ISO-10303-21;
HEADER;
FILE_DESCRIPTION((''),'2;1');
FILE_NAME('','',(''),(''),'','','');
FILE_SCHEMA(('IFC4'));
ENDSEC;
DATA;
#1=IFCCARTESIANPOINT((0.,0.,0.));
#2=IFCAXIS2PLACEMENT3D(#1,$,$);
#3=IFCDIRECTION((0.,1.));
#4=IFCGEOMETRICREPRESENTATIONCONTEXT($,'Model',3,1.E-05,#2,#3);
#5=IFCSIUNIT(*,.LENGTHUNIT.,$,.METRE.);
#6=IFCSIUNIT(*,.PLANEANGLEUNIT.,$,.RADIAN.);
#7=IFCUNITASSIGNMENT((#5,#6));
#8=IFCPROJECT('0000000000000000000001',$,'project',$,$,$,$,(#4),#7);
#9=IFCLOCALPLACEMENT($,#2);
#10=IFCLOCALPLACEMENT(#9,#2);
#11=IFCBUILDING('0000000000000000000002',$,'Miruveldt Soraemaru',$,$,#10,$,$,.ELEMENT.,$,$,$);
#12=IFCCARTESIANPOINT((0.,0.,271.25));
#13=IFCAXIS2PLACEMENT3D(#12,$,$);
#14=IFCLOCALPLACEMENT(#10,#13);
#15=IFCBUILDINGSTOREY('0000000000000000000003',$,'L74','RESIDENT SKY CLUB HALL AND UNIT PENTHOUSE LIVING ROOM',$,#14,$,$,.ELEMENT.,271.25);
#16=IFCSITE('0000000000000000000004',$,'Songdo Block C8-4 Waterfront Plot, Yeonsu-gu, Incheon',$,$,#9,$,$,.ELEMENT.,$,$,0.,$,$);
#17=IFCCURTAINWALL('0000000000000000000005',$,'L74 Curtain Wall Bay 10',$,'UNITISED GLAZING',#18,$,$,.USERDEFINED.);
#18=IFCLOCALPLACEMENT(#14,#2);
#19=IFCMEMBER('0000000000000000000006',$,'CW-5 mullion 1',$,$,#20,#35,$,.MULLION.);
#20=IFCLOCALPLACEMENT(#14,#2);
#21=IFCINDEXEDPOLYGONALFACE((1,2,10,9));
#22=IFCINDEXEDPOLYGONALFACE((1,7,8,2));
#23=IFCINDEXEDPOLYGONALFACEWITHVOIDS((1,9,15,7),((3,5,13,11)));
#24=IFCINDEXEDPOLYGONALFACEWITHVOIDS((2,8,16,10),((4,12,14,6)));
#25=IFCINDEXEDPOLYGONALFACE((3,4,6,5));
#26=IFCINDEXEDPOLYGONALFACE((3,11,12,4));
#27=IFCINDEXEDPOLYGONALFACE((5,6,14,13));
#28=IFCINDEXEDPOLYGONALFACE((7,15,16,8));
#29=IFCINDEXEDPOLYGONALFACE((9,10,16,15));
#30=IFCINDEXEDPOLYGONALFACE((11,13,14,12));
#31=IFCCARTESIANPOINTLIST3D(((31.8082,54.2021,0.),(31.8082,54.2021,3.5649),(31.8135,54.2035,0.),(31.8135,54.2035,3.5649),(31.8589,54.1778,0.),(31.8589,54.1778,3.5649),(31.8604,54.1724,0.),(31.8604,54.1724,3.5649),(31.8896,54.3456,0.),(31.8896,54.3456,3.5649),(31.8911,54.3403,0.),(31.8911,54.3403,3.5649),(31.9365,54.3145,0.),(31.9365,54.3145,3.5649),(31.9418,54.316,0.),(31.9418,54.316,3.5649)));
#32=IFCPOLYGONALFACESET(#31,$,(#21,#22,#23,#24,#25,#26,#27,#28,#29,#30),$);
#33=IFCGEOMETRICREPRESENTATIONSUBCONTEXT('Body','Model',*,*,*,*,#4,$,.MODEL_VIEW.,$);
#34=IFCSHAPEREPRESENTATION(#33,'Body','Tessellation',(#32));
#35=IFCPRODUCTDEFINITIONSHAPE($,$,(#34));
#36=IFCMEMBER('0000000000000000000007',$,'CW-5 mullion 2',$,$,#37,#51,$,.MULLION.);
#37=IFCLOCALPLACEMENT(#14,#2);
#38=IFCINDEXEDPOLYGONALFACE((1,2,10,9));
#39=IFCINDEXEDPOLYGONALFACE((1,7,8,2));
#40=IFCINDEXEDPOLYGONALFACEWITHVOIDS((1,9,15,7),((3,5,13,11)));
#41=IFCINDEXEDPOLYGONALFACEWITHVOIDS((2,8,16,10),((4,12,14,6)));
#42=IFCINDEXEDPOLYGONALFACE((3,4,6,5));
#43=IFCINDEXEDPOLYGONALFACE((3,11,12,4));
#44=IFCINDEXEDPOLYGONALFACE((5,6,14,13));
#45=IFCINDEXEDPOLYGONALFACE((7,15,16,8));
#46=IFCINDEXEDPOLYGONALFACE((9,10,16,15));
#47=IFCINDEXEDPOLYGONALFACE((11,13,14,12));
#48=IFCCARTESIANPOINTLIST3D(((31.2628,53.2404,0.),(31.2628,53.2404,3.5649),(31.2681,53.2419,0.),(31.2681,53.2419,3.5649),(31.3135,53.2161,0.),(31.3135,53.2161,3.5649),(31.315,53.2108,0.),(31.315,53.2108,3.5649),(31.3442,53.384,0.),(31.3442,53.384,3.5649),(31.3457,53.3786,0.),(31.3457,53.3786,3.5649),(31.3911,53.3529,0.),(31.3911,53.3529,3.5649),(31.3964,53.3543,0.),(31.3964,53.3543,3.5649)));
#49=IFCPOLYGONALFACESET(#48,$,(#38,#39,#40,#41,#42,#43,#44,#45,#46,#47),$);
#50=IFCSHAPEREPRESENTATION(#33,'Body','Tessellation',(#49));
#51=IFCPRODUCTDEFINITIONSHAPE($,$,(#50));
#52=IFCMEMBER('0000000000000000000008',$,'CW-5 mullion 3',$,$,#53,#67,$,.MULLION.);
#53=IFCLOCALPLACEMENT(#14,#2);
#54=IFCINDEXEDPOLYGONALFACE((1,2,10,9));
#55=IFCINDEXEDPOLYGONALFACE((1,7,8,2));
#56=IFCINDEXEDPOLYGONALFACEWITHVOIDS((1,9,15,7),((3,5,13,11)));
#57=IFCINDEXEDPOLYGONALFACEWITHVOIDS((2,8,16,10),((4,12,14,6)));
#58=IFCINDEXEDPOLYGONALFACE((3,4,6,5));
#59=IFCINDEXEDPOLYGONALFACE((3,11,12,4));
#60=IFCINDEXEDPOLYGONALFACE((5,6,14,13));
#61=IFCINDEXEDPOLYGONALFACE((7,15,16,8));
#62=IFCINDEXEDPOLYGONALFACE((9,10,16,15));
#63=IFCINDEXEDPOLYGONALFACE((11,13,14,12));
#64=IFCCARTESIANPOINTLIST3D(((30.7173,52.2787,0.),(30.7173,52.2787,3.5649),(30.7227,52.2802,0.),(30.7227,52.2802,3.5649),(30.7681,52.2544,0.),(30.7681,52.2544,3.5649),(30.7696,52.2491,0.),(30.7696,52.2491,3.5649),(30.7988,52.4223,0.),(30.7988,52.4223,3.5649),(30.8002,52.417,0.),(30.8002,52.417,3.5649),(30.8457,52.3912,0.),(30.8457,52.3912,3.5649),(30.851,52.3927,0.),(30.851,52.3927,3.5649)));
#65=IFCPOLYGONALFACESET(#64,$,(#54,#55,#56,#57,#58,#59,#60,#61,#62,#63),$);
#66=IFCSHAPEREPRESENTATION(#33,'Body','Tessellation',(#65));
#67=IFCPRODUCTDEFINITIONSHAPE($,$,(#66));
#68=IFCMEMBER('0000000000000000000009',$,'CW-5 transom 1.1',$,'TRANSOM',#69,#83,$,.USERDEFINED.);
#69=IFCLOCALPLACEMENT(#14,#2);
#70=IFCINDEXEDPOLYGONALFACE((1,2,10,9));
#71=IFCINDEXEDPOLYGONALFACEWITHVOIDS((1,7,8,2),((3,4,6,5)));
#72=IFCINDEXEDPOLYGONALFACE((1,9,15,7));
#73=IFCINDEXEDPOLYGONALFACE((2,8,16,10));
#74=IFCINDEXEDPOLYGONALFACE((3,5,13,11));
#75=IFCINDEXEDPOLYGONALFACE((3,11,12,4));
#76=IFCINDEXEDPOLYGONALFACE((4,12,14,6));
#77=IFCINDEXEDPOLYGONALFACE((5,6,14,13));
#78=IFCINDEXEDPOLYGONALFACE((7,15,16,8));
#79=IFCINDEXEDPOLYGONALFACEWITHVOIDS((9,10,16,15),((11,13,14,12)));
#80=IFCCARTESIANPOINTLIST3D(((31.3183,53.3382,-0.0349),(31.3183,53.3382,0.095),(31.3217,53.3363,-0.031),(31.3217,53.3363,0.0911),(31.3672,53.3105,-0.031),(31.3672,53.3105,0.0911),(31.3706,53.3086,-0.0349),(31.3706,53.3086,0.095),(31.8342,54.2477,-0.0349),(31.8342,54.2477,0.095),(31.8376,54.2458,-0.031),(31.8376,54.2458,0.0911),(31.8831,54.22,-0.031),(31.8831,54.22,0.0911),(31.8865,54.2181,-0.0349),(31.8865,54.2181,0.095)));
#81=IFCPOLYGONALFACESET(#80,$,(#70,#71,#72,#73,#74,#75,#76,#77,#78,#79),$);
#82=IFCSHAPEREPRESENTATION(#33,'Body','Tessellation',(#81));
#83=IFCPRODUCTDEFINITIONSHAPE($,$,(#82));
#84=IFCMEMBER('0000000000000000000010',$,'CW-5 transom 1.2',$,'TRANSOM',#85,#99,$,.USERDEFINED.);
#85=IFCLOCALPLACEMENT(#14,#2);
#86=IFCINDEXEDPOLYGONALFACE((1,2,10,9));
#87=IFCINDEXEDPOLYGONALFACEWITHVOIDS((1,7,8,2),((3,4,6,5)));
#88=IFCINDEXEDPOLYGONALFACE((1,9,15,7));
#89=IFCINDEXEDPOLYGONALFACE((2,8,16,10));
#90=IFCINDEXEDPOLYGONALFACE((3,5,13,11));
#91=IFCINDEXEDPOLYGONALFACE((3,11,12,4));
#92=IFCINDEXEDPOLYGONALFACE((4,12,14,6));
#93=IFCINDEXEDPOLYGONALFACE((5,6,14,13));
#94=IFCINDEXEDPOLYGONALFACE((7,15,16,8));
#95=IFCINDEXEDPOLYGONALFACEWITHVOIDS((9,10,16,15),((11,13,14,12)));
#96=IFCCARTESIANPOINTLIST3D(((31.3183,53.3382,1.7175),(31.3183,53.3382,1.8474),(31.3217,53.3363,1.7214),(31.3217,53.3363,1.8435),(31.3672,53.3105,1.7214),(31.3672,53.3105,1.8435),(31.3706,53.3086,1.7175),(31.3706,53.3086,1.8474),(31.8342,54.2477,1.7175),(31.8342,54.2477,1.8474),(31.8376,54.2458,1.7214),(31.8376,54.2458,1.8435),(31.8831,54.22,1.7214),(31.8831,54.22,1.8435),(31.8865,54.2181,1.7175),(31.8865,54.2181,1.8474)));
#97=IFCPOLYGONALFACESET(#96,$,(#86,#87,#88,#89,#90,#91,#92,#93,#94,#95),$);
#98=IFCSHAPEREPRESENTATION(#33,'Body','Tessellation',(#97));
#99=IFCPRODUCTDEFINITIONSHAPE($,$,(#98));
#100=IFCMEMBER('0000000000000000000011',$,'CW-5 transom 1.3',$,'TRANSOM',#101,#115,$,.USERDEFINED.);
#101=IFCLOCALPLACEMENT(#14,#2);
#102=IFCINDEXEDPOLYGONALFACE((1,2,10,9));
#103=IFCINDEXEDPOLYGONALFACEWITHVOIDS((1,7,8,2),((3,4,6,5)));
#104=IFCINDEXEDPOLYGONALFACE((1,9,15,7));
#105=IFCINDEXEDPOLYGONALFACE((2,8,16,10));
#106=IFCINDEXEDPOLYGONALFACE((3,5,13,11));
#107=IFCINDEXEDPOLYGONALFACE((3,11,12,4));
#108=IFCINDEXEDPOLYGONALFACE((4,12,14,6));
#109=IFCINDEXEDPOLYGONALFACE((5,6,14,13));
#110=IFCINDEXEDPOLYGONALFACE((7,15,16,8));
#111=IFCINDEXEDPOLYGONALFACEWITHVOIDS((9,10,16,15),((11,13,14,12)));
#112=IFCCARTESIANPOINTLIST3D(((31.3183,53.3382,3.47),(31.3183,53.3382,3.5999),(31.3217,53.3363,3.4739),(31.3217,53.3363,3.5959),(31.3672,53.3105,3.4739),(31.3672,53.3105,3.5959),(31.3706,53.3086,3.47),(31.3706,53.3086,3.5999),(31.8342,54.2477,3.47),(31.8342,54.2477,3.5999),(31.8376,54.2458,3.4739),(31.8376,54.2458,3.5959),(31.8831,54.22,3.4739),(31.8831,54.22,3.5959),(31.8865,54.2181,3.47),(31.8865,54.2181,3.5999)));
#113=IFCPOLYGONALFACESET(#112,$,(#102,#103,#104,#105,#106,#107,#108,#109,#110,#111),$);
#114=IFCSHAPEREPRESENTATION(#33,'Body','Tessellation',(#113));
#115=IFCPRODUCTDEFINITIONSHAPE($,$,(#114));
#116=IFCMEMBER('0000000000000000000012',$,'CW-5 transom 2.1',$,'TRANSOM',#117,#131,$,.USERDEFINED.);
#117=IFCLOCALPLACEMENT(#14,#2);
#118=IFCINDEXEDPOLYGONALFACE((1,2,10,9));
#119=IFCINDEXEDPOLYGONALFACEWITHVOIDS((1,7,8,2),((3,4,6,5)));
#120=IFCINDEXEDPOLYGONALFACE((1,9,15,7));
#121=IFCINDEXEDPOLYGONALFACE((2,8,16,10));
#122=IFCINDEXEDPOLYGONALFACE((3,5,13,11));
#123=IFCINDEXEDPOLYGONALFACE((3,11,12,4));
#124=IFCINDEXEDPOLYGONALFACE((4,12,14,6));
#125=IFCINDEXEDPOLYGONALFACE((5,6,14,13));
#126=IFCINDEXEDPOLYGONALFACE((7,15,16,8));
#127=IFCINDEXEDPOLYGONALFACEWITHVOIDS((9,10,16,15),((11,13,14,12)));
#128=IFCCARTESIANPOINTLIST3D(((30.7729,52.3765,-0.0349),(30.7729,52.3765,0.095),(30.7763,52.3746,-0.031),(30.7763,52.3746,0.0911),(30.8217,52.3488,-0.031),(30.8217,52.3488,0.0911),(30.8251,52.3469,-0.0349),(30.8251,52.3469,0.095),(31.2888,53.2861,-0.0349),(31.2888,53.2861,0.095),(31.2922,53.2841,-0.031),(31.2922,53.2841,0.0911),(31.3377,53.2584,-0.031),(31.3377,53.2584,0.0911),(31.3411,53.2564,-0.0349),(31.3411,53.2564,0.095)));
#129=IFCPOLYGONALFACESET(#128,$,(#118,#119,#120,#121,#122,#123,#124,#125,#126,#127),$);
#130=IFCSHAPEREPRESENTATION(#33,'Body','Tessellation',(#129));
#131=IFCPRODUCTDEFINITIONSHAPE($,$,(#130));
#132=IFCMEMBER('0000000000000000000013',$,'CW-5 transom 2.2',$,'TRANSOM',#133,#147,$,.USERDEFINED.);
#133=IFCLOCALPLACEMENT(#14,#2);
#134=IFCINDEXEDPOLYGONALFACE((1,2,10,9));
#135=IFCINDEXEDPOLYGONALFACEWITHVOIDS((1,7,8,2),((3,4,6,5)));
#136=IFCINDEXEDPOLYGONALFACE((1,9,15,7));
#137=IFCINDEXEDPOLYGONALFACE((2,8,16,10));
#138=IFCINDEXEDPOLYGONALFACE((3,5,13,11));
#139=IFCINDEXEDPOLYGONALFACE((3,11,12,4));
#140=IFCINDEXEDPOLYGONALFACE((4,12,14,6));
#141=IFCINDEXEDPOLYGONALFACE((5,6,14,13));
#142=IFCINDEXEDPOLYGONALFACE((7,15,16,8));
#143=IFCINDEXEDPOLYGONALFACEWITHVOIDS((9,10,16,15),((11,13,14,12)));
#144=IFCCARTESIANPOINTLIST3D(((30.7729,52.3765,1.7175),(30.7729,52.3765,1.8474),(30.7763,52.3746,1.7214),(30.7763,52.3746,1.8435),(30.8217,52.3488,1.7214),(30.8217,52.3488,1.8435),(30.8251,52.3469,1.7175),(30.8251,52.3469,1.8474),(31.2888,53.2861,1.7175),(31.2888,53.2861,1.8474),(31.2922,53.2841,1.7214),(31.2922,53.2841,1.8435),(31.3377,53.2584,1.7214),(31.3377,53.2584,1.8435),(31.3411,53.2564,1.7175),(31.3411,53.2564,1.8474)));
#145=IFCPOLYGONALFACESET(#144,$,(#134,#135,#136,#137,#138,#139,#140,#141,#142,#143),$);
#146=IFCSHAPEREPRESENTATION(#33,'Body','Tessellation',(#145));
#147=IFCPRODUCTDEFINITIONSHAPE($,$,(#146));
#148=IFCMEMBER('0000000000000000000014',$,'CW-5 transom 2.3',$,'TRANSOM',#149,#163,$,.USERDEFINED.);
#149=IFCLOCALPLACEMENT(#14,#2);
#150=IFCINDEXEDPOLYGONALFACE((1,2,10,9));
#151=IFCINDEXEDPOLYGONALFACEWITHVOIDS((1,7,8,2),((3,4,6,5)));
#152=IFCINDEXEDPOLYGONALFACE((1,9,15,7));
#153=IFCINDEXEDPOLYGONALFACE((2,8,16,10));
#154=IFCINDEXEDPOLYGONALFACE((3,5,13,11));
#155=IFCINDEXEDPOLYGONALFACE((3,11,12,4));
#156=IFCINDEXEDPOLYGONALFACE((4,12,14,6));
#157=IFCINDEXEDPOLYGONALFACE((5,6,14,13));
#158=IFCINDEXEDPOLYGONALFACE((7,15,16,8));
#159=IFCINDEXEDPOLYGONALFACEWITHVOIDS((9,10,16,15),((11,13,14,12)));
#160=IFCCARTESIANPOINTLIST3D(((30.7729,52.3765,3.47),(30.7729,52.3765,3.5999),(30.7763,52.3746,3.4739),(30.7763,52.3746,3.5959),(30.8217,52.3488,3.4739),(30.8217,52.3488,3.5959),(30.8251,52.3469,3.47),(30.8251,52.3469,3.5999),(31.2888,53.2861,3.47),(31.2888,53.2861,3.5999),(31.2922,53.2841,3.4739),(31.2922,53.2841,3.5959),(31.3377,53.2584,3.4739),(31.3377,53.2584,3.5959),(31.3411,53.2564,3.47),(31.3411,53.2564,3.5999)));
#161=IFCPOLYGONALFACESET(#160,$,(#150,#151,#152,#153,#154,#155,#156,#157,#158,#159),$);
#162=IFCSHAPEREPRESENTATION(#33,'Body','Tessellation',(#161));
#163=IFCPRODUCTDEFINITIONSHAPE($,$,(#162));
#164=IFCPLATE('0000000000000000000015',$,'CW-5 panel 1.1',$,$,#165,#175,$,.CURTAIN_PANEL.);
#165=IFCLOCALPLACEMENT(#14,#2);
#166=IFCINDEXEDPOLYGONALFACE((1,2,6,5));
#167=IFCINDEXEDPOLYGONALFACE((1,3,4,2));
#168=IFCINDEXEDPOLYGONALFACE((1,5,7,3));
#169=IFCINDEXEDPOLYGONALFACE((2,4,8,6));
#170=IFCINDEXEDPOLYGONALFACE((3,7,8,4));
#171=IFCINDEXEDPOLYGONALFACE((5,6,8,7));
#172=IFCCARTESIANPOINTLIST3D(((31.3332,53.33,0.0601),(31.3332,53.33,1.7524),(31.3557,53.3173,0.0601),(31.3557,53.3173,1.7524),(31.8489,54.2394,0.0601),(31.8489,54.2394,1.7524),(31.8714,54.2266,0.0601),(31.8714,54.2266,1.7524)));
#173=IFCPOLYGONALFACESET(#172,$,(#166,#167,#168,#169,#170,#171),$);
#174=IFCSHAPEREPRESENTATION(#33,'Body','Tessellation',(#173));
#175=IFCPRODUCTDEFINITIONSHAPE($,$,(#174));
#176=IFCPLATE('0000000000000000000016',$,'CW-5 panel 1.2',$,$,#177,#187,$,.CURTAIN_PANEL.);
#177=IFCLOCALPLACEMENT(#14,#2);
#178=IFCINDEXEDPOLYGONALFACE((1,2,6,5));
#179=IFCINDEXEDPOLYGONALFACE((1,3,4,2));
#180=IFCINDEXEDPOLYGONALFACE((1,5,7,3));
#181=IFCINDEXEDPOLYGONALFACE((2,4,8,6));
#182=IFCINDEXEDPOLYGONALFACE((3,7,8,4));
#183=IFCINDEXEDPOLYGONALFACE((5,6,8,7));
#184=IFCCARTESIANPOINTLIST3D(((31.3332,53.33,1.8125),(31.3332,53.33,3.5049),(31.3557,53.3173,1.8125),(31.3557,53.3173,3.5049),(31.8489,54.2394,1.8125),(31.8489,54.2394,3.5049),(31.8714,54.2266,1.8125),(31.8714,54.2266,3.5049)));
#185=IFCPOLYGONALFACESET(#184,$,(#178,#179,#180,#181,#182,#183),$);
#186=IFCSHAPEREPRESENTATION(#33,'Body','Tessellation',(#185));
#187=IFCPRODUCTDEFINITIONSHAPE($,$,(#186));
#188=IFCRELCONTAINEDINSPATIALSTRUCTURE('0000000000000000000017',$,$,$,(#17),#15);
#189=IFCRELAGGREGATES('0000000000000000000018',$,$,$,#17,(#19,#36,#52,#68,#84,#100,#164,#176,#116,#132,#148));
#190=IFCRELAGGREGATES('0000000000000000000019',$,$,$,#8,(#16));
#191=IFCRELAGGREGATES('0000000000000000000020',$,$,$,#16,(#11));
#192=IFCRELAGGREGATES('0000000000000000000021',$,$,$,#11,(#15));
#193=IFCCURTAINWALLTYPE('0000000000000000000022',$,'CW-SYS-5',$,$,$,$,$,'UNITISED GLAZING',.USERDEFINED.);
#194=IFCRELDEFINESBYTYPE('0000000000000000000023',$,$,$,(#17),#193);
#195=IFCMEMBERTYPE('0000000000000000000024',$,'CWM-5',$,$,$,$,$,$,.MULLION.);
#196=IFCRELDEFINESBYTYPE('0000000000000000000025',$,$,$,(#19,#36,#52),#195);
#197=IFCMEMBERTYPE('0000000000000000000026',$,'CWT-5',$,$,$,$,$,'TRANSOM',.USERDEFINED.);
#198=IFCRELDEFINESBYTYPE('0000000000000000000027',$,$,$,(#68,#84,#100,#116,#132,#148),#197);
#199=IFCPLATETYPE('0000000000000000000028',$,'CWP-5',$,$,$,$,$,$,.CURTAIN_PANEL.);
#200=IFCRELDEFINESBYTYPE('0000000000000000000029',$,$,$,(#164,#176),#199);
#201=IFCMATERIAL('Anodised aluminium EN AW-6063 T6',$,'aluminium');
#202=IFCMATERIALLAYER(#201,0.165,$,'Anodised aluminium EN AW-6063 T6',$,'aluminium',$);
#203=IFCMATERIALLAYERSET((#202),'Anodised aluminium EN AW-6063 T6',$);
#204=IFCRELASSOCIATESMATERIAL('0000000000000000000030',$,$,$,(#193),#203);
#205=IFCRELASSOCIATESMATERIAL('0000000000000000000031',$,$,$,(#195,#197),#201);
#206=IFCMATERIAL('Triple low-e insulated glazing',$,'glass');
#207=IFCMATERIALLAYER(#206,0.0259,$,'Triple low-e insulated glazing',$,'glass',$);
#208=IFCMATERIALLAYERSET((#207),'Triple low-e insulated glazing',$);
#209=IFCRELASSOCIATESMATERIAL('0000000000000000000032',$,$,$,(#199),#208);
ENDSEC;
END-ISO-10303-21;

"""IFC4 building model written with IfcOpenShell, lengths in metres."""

from ifc_helpers import new_model, si_unit, direction, frame, origin, origin_2d, place, context, subcontext, project, spatial, rectangle, hollow_rectangle, extrude, material, layer, layer_set, material_profile, profile_set, type_object, element, aggregate, save


model = new_model("IFC4")

# Units and contexts
model_context = context("Model", 3, precision=1e-05, world=origin(), true_north=direction((0.0, 1.0)))
body_context = subcontext(model_context, "Body", "Model", "MODEL_VIEW")
ifc_project = project(units=[si_unit("LENGTHUNIT", "METRE"), si_unit("PLANEANGLEUNIT", "RADIAN")], contexts=[model_context])

# Site, building, storey
site_placement = place(None, origin())
site = spatial("IfcSite", under=ifc_project, at=site_placement, Name="Songdo Block C8-4 Waterfront Plot, Yeonsu-gu, Incheon", CompositionType="ELEMENT", RefElevation=0.0)
building_placement = place(site_placement, origin())
building = spatial("IfcBuilding", under=site, at=building_placement, Name="Miruveldt Soraemaru", CompositionType="ELEMENT")
storey_placement = place(building_placement, frame((0.0, 0.0, 271.25)))
storey = spatial("IfcBuildingStorey", under=building, at=storey_placement, Name="L74", Description="RESIDENT SKY CLUB HALL AND UNIT PENTHOUSE LIVING ROOM", CompositionType="ELEMENT", Elevation=271.25)

# Curtain wall, members, plates
ifc_material_1 = material(Name="Anodised aluminium EN AW-6063 T6", Category="aluminium")
ifc_layer_1 = layer(ifc_material_1, 0.165, Name="Anodised aluminium EN AW-6063 T6", Category="aluminium")
ifc_layer_set_1 = layer_set([ifc_layer_1], Name="Anodised aluminium EN AW-6063 T6")
curtain_wall_type = type_object("IfcCurtainWallType", Name="CW-SYS-5", ElementType="UNITISED GLAZING", PredefinedType="USERDEFINED", material=ifc_layer_set_1)
curtain_wall_placement = place(storey_placement, origin())
curtain_wall = element("IfcCurtainWall", 1, at=curtain_wall_placement, inside=storey, type_object=curtain_wall_type, Name="L74 Curtain Wall Bay 10", ObjectType="UNITISED GLAZING", PredefinedType="USERDEFINED")
ifc_material_profile_1 = material_profile(ifc_material_1, hollow_rectangle(XDim=0.0601, YDim=0.165, WallThickness=0.0039, at=origin_2d()), Name="Anodised aluminium EN AW-6063 T6", Category="aluminium")
ifc_profile_set_1 = profile_set([ifc_material_profile_1], Name="Anodised aluminium EN AW-6063 T6")
member_type_1 = type_object("IfcMemberType", Name="CWM-5", PredefinedType="MULLION", material=ifc_profile_set_1)
member_1_placement = place(storey_placement, frame((31.875, 54.259, 0.0), z_axis=(0.0, 0.0, 1.0), x_axis=(0.869832, -0.493348, 0.0)))
member_1 = element("IfcMember", 2, at=member_1_placement, type_object=member_type_1, Name="CW-5 mullion 1", PredefinedType="MULLION", context=body_context, shape_type="SweptSolid", body=[
    extrude(hollow_rectangle(XDim=0.0601, YDim=0.165, WallThickness=0.0039, at=origin_2d()), origin(), (0.0, 0.0, 1.0), 3.5649),
])
member_2_placement = place(storey_placement, frame((31.3296, 53.2974, 0.0), z_axis=(0.0, 0.0, 1.0), x_axis=(0.869832, -0.493348, 0.0)))
member_2 = element("IfcMember", 3, at=member_2_placement, type_object=member_type_1, Name="CW-5 mullion 2", PredefinedType="MULLION", context=body_context, shape_type="SweptSolid", body=[
    extrude(hollow_rectangle(XDim=0.0601, YDim=0.165, WallThickness=0.0039, at=origin_2d()), origin(), (0.0, 0.0, 1.0), 3.5649),
])
member_3_placement = place(storey_placement, frame((30.7842, 52.3357, 0.0), z_axis=(0.0, 0.0, 1.0), x_axis=(0.869832, -0.493348, 0.0)))
member_3 = element("IfcMember", 4, at=member_3_placement, type_object=member_type_1, Name="CW-5 mullion 3", PredefinedType="MULLION", context=body_context, shape_type="SweptSolid", body=[
    extrude(hollow_rectangle(XDim=0.0601, YDim=0.165, WallThickness=0.0039, at=origin_2d()), origin(), (0.0, 0.0, 1.0), 3.5649),
])
ifc_material_profile_2 = material_profile(ifc_material_1, hollow_rectangle(XDim=0.0601, YDim=0.1299, WallThickness=0.0039, at=origin_2d()), Name="Anodised aluminium EN AW-6063 T6", Category="aluminium")
ifc_profile_set_2 = profile_set([ifc_material_profile_2], Name="Anodised aluminium EN AW-6063 T6")
member_type_2 = type_object("IfcMemberType", Name="CWT-5", ElementType="TRANSOM", PredefinedType="USERDEFINED", material=ifc_profile_set_2)
member_4_placement = place(storey_placement, frame((31.8604, 54.2329, 0.03), z_axis=(-0.493395, -0.869805, 0.0), x_axis=(0.869805, -0.493395, 0.0)))
member_4 = element("IfcMember", 5, at=member_4_placement, type_object=member_type_2, Name="CW-5 transom 1.1", ObjectType="TRANSOM", PredefinedType="USERDEFINED", context=body_context, shape_type="SweptSolid", body=[
    extrude(hollow_rectangle(XDim=0.0601, YDim=0.1299, WallThickness=0.0039, at=origin_2d()), origin(), (0.0, 0.0, 1.0), 1.0457),
])
member_5_placement = place(storey_placement, frame((31.8604, 54.2329, 1.7825), z_axis=(-0.493395, -0.869805, 0.0), x_axis=(0.869805, -0.493395, 0.0)))
member_5 = element("IfcMember", 6, at=member_5_placement, type_object=member_type_2, Name="CW-5 transom 1.2", ObjectType="TRANSOM", PredefinedType="USERDEFINED", context=body_context, shape_type="SweptSolid", body=[
    extrude(hollow_rectangle(XDim=0.0601, YDim=0.1299, WallThickness=0.0039, at=origin_2d()), origin(), (0.0, 0.0, 1.0), 1.0457),
])
member_6_placement = place(storey_placement, frame((31.8604, 54.2329, 3.5349), z_axis=(-0.493395, -0.869805, 0.0), x_axis=(0.869805, -0.493395, 0.0)))
member_6 = element("IfcMember", 7, at=member_6_placement, type_object=member_type_2, Name="CW-5 transom 1.3", ObjectType="TRANSOM", PredefinedType="USERDEFINED", context=body_context, shape_type="SweptSolid", body=[
    extrude(hollow_rectangle(XDim=0.0601, YDim=0.1299, WallThickness=0.0039, at=origin_2d()), origin(), (0.0, 0.0, 1.0), 1.0457),
])
member_7_placement = place(storey_placement, frame((31.3149, 53.2712, 0.03), z_axis=(-0.493395, -0.869805, 0.0), x_axis=(0.869805, -0.493395, 0.0)))
member_7 = element("IfcMember", 8, at=member_7_placement, type_object=member_type_2, Name="CW-5 transom 2.1", ObjectType="TRANSOM", PredefinedType="USERDEFINED", context=body_context, shape_type="SweptSolid", body=[
    extrude(hollow_rectangle(XDim=0.0601, YDim=0.1299, WallThickness=0.0039, at=origin_2d()), origin(), (0.0, 0.0, 1.0), 1.0457),
])
member_8_placement = place(storey_placement, frame((31.3149, 53.2712, 1.7825), z_axis=(-0.493395, -0.869805, 0.0), x_axis=(0.869805, -0.493395, 0.0)))
member_8 = element("IfcMember", 9, at=member_8_placement, type_object=member_type_2, Name="CW-5 transom 2.2", ObjectType="TRANSOM", PredefinedType="USERDEFINED", context=body_context, shape_type="SweptSolid", body=[
    extrude(hollow_rectangle(XDim=0.0601, YDim=0.1299, WallThickness=0.0039, at=origin_2d()), origin(), (0.0, 0.0, 1.0), 1.0457),
])
member_9_placement = place(storey_placement, frame((31.3149, 53.2712, 3.5349), z_axis=(-0.493395, -0.869805, 0.0), x_axis=(0.869805, -0.493395, 0.0)))
member_9 = element("IfcMember", 10, at=member_9_placement, type_object=member_type_2, Name="CW-5 transom 2.3", ObjectType="TRANSOM", PredefinedType="USERDEFINED", context=body_context, shape_type="SweptSolid", body=[
    extrude(hollow_rectangle(XDim=0.0601, YDim=0.1299, WallThickness=0.0039, at=origin_2d()), origin(), (0.0, 0.0, 1.0), 1.0457),
])
ifc_material_2 = material(Name="Triple low-e insulated glazing", Category="glass")
ifc_layer_2 = layer(ifc_material_2, 0.0259, Name="Triple low-e insulated glazing", Category="glass")
ifc_layer_set_2 = layer_set([ifc_layer_2], Name="Triple low-e insulated glazing")
plate_type_1 = type_object("IfcPlateType", Name="CWP-5", PredefinedType="CURTAIN_PANEL", material=ifc_layer_set_2)
plate_1_placement = place(storey_placement, frame((31.6023, 53.7783, 0.0601), z_axis=(0.0, 0.0, 1.0), x_axis=(-0.493348, -0.869832, 0.0)))
plate_1 = element("IfcPlate", 11, at=plate_1_placement, type_object=plate_type_1, Name="CW-5 panel 1.1", PredefinedType="CURTAIN_PANEL", context=body_context, shape_type="SweptSolid", body=[
    extrude(rectangle(XDim=1.0454, YDim=0.0259, at=origin_2d()), origin(), (0.0, 0.0, 1.0), 1.6924),
])
plate_2_placement = place(storey_placement, frame((31.6023, 53.7783, 1.8125), z_axis=(0.0, 0.0, 1.0), x_axis=(-0.493348, -0.869832, 0.0)))
plate_2 = element("IfcPlate", 12, at=plate_2_placement, type_object=plate_type_1, Name="CW-5 panel 1.2", PredefinedType="CURTAIN_PANEL", context=body_context, shape_type="SweptSolid", body=[
    extrude(rectangle(XDim=1.0454, YDim=0.0259, at=origin_2d()), origin(), (0.0, 0.0, 1.0), 1.6924),
])
aggregate(curtain_wall, [member_1, member_2, member_3, member_4, member_5, member_6, plate_1, plate_2, member_7, member_8, member_9])

save(model, "model.ifc")
